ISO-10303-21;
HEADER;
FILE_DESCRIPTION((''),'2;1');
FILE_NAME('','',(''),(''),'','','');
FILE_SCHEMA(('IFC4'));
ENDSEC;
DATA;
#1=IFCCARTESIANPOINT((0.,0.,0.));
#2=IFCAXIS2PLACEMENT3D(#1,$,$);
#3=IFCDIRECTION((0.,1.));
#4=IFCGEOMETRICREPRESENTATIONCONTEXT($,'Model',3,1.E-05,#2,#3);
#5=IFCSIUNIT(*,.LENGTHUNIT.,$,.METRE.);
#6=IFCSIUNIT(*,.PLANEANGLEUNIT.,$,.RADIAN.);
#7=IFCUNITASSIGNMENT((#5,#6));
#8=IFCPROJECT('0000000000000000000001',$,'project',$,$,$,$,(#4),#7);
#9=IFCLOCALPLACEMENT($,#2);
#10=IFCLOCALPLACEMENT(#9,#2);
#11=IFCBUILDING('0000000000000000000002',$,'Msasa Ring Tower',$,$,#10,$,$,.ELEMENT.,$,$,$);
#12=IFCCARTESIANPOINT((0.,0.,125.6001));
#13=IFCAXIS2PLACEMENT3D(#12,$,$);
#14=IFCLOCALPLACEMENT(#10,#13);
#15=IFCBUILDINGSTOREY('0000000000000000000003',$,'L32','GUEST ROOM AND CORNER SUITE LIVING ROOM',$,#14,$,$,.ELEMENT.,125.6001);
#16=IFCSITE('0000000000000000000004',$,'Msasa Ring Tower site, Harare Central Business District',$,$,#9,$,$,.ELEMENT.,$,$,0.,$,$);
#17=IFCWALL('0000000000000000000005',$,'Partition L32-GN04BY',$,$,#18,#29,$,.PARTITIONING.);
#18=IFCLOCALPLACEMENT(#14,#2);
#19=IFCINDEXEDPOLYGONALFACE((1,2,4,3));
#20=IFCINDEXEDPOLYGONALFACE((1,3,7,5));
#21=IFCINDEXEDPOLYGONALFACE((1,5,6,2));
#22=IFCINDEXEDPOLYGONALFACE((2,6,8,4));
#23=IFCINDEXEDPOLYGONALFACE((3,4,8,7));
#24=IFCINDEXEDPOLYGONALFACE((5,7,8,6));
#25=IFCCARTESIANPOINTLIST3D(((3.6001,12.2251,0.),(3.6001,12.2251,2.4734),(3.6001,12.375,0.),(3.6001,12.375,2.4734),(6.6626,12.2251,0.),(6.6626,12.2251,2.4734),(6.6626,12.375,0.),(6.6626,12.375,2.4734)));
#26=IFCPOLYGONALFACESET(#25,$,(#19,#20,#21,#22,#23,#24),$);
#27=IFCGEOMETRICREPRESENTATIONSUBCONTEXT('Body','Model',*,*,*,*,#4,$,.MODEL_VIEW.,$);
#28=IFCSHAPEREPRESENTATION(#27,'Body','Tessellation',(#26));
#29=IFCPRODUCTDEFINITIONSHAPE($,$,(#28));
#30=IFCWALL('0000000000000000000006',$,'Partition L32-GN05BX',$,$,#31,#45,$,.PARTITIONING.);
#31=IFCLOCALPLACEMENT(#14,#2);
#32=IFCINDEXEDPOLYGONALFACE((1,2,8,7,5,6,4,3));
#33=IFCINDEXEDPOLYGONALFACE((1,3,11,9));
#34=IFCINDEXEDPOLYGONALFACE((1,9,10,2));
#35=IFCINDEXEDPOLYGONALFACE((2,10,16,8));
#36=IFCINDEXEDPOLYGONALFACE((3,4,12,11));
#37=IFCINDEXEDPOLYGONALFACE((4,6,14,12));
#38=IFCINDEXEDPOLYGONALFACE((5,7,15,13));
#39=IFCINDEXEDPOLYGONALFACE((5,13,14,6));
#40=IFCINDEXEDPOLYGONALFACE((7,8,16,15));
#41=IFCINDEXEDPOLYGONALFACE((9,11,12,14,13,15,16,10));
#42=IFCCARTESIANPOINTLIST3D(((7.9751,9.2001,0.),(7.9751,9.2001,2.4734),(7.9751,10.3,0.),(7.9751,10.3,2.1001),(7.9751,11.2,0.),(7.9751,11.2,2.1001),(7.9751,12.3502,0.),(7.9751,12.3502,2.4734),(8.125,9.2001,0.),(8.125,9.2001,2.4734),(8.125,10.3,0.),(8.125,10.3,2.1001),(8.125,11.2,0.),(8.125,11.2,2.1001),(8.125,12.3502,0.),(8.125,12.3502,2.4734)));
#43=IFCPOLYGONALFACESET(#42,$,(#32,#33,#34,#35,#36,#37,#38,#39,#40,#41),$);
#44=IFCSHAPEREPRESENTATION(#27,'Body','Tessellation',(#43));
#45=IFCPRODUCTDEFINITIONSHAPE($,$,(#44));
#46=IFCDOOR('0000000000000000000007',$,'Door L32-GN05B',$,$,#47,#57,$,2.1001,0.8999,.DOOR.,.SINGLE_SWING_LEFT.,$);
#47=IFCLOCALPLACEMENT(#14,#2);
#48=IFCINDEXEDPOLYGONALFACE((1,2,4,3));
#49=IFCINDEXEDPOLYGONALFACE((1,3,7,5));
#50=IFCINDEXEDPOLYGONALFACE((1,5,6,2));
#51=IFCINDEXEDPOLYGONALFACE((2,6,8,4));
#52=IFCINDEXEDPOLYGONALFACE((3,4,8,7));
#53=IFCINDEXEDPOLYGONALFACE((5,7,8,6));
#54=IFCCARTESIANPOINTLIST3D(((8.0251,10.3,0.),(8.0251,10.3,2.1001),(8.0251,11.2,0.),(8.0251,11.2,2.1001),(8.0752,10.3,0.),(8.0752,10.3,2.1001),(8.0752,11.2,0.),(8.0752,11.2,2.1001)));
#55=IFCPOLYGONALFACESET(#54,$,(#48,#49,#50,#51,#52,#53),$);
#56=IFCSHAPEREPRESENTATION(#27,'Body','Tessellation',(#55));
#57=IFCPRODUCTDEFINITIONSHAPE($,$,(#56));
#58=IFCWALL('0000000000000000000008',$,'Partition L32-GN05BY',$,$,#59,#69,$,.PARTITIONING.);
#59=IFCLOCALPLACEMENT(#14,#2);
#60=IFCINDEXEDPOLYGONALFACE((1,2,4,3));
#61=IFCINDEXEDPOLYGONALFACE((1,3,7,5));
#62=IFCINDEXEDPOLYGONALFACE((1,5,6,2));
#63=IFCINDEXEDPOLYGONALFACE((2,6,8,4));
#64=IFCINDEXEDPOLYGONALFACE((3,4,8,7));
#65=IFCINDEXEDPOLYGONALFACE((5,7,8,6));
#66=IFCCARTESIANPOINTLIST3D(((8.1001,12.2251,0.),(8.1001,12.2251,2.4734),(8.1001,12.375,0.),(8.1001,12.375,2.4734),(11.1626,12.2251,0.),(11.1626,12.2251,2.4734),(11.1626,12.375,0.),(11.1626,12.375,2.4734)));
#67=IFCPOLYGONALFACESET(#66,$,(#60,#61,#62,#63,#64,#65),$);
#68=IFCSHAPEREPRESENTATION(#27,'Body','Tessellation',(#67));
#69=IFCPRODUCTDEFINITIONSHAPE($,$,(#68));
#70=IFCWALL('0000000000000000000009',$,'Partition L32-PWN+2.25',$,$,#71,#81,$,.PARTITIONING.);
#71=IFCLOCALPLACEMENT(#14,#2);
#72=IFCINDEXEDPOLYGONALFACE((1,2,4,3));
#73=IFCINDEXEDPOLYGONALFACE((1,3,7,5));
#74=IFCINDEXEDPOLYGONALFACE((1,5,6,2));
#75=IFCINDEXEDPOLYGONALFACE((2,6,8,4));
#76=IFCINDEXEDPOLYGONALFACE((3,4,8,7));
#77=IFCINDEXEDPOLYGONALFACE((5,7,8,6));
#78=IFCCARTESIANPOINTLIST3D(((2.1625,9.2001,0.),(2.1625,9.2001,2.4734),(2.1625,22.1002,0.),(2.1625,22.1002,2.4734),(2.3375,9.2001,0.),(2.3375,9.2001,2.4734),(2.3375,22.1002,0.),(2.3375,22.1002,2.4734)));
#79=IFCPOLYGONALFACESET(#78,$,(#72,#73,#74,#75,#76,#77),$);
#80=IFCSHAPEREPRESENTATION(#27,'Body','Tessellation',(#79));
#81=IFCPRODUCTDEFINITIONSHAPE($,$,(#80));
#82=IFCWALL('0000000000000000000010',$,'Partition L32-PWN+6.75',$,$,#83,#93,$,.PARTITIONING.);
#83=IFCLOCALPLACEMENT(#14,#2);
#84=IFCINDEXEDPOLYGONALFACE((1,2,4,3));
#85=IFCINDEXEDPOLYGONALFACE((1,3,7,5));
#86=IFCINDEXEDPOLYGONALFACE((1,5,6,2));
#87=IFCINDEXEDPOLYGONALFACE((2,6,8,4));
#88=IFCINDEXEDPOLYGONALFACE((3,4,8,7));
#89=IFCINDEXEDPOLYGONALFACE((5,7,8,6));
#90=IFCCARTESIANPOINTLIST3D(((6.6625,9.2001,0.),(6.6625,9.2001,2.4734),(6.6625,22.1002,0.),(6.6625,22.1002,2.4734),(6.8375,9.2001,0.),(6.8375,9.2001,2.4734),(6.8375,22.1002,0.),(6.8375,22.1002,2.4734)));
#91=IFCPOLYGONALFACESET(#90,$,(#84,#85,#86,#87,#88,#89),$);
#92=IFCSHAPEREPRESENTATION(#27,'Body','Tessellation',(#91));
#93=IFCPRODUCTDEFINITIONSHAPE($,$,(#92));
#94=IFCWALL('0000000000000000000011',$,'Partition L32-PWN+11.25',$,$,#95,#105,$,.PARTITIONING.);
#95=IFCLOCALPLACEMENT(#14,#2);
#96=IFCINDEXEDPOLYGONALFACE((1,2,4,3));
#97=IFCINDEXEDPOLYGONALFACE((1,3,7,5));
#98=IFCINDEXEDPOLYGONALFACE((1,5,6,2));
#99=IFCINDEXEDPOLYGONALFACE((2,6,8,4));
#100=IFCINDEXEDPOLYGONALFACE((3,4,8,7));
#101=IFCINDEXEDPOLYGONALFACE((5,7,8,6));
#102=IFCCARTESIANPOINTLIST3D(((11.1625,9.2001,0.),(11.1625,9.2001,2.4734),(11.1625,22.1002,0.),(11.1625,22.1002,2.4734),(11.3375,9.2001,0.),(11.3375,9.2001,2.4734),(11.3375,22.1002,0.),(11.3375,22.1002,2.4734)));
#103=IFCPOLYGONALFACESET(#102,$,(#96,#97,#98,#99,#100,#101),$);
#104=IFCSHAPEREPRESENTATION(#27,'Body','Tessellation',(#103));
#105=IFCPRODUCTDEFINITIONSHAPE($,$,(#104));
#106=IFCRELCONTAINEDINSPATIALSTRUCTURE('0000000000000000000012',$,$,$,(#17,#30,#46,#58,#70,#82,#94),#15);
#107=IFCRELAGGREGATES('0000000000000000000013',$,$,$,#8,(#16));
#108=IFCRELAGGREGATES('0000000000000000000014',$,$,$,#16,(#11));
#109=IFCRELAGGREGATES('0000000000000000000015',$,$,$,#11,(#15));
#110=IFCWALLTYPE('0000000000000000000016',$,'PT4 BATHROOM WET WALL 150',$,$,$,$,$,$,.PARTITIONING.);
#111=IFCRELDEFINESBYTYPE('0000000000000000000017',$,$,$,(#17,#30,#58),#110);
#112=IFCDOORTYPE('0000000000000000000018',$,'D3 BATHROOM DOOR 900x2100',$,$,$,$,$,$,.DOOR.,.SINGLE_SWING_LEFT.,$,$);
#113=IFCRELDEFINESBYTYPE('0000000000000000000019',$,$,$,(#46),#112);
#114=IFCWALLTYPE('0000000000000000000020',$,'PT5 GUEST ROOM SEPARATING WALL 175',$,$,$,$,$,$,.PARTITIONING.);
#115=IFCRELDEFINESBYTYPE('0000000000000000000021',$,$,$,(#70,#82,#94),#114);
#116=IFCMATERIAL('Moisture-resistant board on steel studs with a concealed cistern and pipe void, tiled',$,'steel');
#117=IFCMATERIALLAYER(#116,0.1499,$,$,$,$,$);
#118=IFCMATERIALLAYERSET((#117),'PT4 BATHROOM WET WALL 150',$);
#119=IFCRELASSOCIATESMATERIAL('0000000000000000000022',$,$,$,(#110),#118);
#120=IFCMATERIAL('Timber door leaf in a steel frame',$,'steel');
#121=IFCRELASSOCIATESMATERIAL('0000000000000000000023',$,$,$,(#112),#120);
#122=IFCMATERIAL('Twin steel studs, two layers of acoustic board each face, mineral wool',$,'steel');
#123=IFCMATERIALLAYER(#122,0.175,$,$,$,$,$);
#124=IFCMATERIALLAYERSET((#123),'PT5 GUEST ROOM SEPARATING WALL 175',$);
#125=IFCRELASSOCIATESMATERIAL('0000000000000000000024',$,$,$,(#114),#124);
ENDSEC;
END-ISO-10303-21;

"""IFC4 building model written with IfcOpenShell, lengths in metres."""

from ifc_helpers import new_model, si_unit, direction, frame, frame_2d, origin, place, context, subcontext, project, spatial, rectangle, extrude, material, layer, layer_set, type_object, element, fill, save


model = new_model("IFC4")

# Units and contexts
model_context = context("Model", 3, precision=1e-05, world=origin(), true_north=direction((0.0, 1.0)))
body_context = subcontext(model_context, "Body", "Model", "MODEL_VIEW")
ifc_project = project(units=[si_unit("LENGTHUNIT", "METRE"), si_unit("PLANEANGLEUNIT", "RADIAN")], contexts=[model_context])

# Site, building, storey
site_placement = place(None, origin())
site = spatial("IfcSite", under=ifc_project, at=site_placement, Name="Msasa Ring Tower site, Harare Central Business District", CompositionType="ELEMENT", RefElevation=0.0)
building_placement = place(site_placement, origin())
building = spatial("IfcBuilding", under=site, at=building_placement, Name="Msasa Ring Tower", CompositionType="ELEMENT")
storey_placement = place(building_placement, frame((0.0, 0.0, 125.6001)))
storey = spatial("IfcBuildingStorey", under=building, at=storey_placement, Name="L32", Description="GUEST ROOM AND CORNER SUITE LIVING ROOM", CompositionType="ELEMENT", Elevation=125.6001)

# Shared definitions
ifc_material_1 = material(Name="Moisture-resistant board on steel studs with a concealed cistern and pipe void, tiled", Category="steel")
ifc_layer_1 = layer(ifc_material_1, 0.1499)
ifc_layer_set_1 = layer_set([ifc_layer_1], Name="PT4 BATHROOM WET WALL 150")
wall_type_1 = type_object("IfcWallType", Name="PT4 BATHROOM WET WALL 150", PredefinedType="PARTITIONING", material=ifc_layer_set_1)
ifc_material_2 = material(Name="Timber door leaf in a steel frame", Category="steel")
door_type = type_object("IfcDoorType", Name="D3 BATHROOM DOOR 900x2100", OperationType="SINGLE_SWING_LEFT", PredefinedType="DOOR", material=ifc_material_2)

# Wall
wall_1_placement = place(storey_placement, frame((3.6001, 12.3, 0.0), z_axis=(0.0, 0.0, 1.0), x_axis=(1.0, 0.0, 0.0)))
element("IfcWall", 1, at=wall_1_placement, inside=storey, type_object=wall_type_1, Name="Partition L32-GN04BY", PredefinedType="PARTITIONING", context=body_context, shape_type="SweptSolid", body=[
    extrude(rectangle(XDim=3.0625, YDim=0.1499, at=frame_2d((1.5312, 0.0))), origin(), (0.0, 0.0, 1.0), 2.4734),
])

# Wall, opening, door
wall_2_placement = place(storey_placement, frame((8.05, 9.2, 0.0), z_axis=(0.0, 0.0, 1.0), x_axis=(0.0, 1.0, 0.0)))
wall_2 = element("IfcWall", 2, at=wall_2_placement, inside=storey, type_object=wall_type_1, Name="Partition L32-GN05BX", PredefinedType="PARTITIONING", context=body_context, shape_type="SweptSolid", body=[
    extrude(rectangle(XDim=3.1501, YDim=0.1499, at=frame_2d((1.5752, 0.0))), origin(), (0.0, 0.0, 1.0), 2.4734),
])
opening_1_placement = place(wall_2_placement, frame((1.1001, 0.0, 0.0)))
opening_1 = element("IfcOpeningElement", 3, at=opening_1_placement, cuts=wall_2, PredefinedType="OPENING", context=body_context, shape_type="SweptSolid", body=[
    extrude(rectangle(XDim=0.8999, YDim=2.1001, at=frame_2d((0.45, 1.05))), frame((0.0, 0.085, 0.0), z_axis=(0.0, -1.0, 0.0), x_axis=(1.0, 0.0, 0.0)), (0.0, 0.0, 1.0), 0.1699),
])
door_1_placement = place(opening_1_placement, origin())
door_1 = element("IfcDoor", 4, at=door_1_placement, inside=storey, type_object=door_type, Name="Door L32-GN05B", OperationType="SINGLE_SWING_LEFT", OverallHeight=2.1001, OverallWidth=0.8999, PredefinedType="DOOR", context=body_context, shape_type="SweptSolid", body=[
    extrude(rectangle(XDim=0.8999, YDim=2.1001, at=frame_2d((0.45, 1.05))), frame((0.0, 0.0249, 0.0), z_axis=(0.0, -1.0, 0.0), x_axis=(1.0, 0.0, 0.0)), (0.0, 0.0, 1.0), 0.05),
])
fill(opening_1, door_1)

# Walls
wall_3_placement = place(storey_placement, frame((8.1001, 12.3, 0.0), z_axis=(0.0, 0.0, 1.0), x_axis=(1.0, 0.0, 0.0)))
element("IfcWall", 5, at=wall_3_placement, inside=storey, type_object=wall_type_1, Name="Partition L32-GN05BY", PredefinedType="PARTITIONING", context=body_context, shape_type="SweptSolid", body=[
    extrude(rectangle(XDim=3.0625, YDim=0.1499, at=frame_2d((1.5312, 0.0))), origin(), (0.0, 0.0, 1.0), 2.4734),
])
ifc_material_3 = material(Name="Twin steel studs, two layers of acoustic board each face, mineral wool", Category="steel")
ifc_layer_2 = layer(ifc_material_3, 0.175)
ifc_layer_set_2 = layer_set([ifc_layer_2], Name="PT5 GUEST ROOM SEPARATING WALL 175")
wall_type_2 = type_object("IfcWallType", Name="PT5 GUEST ROOM SEPARATING WALL 175", PredefinedType="PARTITIONING", material=ifc_layer_set_2)
for number, where, z_axis, x_axis, name in (
    (6, (2.25, 9.2, 0.0), (0.0, 0.0, 1.0), (0.0, 1.0, 0.0), "Partition L32-PWN+2.25"),
    (7, (6.75, 9.2, 0.0), (0.0, 0.0, 1.0), (0.0, 1.0, 0.0), "Partition L32-PWN+6.75"),
    (8, (11.25, 9.2, 0.0), (0.0, 0.0, 1.0), (0.0, 1.0, 0.0), "Partition L32-PWN+11.25"),
):
    element("IfcWall", number, at=place(storey_placement, frame(where, z_axis=z_axis, x_axis=x_axis)), inside=storey, type_object=wall_type_2, Name=name, PredefinedType="PARTITIONING", context=body_context, shape_type="SweptSolid", body=[
        extrude(rectangle(XDim=12.9001, YDim=0.175, at=frame_2d((6.4502, 0.0))), origin(), (0.0, 0.0, 1.0), 2.4734),
    ])

save(model, "model.ifc")
